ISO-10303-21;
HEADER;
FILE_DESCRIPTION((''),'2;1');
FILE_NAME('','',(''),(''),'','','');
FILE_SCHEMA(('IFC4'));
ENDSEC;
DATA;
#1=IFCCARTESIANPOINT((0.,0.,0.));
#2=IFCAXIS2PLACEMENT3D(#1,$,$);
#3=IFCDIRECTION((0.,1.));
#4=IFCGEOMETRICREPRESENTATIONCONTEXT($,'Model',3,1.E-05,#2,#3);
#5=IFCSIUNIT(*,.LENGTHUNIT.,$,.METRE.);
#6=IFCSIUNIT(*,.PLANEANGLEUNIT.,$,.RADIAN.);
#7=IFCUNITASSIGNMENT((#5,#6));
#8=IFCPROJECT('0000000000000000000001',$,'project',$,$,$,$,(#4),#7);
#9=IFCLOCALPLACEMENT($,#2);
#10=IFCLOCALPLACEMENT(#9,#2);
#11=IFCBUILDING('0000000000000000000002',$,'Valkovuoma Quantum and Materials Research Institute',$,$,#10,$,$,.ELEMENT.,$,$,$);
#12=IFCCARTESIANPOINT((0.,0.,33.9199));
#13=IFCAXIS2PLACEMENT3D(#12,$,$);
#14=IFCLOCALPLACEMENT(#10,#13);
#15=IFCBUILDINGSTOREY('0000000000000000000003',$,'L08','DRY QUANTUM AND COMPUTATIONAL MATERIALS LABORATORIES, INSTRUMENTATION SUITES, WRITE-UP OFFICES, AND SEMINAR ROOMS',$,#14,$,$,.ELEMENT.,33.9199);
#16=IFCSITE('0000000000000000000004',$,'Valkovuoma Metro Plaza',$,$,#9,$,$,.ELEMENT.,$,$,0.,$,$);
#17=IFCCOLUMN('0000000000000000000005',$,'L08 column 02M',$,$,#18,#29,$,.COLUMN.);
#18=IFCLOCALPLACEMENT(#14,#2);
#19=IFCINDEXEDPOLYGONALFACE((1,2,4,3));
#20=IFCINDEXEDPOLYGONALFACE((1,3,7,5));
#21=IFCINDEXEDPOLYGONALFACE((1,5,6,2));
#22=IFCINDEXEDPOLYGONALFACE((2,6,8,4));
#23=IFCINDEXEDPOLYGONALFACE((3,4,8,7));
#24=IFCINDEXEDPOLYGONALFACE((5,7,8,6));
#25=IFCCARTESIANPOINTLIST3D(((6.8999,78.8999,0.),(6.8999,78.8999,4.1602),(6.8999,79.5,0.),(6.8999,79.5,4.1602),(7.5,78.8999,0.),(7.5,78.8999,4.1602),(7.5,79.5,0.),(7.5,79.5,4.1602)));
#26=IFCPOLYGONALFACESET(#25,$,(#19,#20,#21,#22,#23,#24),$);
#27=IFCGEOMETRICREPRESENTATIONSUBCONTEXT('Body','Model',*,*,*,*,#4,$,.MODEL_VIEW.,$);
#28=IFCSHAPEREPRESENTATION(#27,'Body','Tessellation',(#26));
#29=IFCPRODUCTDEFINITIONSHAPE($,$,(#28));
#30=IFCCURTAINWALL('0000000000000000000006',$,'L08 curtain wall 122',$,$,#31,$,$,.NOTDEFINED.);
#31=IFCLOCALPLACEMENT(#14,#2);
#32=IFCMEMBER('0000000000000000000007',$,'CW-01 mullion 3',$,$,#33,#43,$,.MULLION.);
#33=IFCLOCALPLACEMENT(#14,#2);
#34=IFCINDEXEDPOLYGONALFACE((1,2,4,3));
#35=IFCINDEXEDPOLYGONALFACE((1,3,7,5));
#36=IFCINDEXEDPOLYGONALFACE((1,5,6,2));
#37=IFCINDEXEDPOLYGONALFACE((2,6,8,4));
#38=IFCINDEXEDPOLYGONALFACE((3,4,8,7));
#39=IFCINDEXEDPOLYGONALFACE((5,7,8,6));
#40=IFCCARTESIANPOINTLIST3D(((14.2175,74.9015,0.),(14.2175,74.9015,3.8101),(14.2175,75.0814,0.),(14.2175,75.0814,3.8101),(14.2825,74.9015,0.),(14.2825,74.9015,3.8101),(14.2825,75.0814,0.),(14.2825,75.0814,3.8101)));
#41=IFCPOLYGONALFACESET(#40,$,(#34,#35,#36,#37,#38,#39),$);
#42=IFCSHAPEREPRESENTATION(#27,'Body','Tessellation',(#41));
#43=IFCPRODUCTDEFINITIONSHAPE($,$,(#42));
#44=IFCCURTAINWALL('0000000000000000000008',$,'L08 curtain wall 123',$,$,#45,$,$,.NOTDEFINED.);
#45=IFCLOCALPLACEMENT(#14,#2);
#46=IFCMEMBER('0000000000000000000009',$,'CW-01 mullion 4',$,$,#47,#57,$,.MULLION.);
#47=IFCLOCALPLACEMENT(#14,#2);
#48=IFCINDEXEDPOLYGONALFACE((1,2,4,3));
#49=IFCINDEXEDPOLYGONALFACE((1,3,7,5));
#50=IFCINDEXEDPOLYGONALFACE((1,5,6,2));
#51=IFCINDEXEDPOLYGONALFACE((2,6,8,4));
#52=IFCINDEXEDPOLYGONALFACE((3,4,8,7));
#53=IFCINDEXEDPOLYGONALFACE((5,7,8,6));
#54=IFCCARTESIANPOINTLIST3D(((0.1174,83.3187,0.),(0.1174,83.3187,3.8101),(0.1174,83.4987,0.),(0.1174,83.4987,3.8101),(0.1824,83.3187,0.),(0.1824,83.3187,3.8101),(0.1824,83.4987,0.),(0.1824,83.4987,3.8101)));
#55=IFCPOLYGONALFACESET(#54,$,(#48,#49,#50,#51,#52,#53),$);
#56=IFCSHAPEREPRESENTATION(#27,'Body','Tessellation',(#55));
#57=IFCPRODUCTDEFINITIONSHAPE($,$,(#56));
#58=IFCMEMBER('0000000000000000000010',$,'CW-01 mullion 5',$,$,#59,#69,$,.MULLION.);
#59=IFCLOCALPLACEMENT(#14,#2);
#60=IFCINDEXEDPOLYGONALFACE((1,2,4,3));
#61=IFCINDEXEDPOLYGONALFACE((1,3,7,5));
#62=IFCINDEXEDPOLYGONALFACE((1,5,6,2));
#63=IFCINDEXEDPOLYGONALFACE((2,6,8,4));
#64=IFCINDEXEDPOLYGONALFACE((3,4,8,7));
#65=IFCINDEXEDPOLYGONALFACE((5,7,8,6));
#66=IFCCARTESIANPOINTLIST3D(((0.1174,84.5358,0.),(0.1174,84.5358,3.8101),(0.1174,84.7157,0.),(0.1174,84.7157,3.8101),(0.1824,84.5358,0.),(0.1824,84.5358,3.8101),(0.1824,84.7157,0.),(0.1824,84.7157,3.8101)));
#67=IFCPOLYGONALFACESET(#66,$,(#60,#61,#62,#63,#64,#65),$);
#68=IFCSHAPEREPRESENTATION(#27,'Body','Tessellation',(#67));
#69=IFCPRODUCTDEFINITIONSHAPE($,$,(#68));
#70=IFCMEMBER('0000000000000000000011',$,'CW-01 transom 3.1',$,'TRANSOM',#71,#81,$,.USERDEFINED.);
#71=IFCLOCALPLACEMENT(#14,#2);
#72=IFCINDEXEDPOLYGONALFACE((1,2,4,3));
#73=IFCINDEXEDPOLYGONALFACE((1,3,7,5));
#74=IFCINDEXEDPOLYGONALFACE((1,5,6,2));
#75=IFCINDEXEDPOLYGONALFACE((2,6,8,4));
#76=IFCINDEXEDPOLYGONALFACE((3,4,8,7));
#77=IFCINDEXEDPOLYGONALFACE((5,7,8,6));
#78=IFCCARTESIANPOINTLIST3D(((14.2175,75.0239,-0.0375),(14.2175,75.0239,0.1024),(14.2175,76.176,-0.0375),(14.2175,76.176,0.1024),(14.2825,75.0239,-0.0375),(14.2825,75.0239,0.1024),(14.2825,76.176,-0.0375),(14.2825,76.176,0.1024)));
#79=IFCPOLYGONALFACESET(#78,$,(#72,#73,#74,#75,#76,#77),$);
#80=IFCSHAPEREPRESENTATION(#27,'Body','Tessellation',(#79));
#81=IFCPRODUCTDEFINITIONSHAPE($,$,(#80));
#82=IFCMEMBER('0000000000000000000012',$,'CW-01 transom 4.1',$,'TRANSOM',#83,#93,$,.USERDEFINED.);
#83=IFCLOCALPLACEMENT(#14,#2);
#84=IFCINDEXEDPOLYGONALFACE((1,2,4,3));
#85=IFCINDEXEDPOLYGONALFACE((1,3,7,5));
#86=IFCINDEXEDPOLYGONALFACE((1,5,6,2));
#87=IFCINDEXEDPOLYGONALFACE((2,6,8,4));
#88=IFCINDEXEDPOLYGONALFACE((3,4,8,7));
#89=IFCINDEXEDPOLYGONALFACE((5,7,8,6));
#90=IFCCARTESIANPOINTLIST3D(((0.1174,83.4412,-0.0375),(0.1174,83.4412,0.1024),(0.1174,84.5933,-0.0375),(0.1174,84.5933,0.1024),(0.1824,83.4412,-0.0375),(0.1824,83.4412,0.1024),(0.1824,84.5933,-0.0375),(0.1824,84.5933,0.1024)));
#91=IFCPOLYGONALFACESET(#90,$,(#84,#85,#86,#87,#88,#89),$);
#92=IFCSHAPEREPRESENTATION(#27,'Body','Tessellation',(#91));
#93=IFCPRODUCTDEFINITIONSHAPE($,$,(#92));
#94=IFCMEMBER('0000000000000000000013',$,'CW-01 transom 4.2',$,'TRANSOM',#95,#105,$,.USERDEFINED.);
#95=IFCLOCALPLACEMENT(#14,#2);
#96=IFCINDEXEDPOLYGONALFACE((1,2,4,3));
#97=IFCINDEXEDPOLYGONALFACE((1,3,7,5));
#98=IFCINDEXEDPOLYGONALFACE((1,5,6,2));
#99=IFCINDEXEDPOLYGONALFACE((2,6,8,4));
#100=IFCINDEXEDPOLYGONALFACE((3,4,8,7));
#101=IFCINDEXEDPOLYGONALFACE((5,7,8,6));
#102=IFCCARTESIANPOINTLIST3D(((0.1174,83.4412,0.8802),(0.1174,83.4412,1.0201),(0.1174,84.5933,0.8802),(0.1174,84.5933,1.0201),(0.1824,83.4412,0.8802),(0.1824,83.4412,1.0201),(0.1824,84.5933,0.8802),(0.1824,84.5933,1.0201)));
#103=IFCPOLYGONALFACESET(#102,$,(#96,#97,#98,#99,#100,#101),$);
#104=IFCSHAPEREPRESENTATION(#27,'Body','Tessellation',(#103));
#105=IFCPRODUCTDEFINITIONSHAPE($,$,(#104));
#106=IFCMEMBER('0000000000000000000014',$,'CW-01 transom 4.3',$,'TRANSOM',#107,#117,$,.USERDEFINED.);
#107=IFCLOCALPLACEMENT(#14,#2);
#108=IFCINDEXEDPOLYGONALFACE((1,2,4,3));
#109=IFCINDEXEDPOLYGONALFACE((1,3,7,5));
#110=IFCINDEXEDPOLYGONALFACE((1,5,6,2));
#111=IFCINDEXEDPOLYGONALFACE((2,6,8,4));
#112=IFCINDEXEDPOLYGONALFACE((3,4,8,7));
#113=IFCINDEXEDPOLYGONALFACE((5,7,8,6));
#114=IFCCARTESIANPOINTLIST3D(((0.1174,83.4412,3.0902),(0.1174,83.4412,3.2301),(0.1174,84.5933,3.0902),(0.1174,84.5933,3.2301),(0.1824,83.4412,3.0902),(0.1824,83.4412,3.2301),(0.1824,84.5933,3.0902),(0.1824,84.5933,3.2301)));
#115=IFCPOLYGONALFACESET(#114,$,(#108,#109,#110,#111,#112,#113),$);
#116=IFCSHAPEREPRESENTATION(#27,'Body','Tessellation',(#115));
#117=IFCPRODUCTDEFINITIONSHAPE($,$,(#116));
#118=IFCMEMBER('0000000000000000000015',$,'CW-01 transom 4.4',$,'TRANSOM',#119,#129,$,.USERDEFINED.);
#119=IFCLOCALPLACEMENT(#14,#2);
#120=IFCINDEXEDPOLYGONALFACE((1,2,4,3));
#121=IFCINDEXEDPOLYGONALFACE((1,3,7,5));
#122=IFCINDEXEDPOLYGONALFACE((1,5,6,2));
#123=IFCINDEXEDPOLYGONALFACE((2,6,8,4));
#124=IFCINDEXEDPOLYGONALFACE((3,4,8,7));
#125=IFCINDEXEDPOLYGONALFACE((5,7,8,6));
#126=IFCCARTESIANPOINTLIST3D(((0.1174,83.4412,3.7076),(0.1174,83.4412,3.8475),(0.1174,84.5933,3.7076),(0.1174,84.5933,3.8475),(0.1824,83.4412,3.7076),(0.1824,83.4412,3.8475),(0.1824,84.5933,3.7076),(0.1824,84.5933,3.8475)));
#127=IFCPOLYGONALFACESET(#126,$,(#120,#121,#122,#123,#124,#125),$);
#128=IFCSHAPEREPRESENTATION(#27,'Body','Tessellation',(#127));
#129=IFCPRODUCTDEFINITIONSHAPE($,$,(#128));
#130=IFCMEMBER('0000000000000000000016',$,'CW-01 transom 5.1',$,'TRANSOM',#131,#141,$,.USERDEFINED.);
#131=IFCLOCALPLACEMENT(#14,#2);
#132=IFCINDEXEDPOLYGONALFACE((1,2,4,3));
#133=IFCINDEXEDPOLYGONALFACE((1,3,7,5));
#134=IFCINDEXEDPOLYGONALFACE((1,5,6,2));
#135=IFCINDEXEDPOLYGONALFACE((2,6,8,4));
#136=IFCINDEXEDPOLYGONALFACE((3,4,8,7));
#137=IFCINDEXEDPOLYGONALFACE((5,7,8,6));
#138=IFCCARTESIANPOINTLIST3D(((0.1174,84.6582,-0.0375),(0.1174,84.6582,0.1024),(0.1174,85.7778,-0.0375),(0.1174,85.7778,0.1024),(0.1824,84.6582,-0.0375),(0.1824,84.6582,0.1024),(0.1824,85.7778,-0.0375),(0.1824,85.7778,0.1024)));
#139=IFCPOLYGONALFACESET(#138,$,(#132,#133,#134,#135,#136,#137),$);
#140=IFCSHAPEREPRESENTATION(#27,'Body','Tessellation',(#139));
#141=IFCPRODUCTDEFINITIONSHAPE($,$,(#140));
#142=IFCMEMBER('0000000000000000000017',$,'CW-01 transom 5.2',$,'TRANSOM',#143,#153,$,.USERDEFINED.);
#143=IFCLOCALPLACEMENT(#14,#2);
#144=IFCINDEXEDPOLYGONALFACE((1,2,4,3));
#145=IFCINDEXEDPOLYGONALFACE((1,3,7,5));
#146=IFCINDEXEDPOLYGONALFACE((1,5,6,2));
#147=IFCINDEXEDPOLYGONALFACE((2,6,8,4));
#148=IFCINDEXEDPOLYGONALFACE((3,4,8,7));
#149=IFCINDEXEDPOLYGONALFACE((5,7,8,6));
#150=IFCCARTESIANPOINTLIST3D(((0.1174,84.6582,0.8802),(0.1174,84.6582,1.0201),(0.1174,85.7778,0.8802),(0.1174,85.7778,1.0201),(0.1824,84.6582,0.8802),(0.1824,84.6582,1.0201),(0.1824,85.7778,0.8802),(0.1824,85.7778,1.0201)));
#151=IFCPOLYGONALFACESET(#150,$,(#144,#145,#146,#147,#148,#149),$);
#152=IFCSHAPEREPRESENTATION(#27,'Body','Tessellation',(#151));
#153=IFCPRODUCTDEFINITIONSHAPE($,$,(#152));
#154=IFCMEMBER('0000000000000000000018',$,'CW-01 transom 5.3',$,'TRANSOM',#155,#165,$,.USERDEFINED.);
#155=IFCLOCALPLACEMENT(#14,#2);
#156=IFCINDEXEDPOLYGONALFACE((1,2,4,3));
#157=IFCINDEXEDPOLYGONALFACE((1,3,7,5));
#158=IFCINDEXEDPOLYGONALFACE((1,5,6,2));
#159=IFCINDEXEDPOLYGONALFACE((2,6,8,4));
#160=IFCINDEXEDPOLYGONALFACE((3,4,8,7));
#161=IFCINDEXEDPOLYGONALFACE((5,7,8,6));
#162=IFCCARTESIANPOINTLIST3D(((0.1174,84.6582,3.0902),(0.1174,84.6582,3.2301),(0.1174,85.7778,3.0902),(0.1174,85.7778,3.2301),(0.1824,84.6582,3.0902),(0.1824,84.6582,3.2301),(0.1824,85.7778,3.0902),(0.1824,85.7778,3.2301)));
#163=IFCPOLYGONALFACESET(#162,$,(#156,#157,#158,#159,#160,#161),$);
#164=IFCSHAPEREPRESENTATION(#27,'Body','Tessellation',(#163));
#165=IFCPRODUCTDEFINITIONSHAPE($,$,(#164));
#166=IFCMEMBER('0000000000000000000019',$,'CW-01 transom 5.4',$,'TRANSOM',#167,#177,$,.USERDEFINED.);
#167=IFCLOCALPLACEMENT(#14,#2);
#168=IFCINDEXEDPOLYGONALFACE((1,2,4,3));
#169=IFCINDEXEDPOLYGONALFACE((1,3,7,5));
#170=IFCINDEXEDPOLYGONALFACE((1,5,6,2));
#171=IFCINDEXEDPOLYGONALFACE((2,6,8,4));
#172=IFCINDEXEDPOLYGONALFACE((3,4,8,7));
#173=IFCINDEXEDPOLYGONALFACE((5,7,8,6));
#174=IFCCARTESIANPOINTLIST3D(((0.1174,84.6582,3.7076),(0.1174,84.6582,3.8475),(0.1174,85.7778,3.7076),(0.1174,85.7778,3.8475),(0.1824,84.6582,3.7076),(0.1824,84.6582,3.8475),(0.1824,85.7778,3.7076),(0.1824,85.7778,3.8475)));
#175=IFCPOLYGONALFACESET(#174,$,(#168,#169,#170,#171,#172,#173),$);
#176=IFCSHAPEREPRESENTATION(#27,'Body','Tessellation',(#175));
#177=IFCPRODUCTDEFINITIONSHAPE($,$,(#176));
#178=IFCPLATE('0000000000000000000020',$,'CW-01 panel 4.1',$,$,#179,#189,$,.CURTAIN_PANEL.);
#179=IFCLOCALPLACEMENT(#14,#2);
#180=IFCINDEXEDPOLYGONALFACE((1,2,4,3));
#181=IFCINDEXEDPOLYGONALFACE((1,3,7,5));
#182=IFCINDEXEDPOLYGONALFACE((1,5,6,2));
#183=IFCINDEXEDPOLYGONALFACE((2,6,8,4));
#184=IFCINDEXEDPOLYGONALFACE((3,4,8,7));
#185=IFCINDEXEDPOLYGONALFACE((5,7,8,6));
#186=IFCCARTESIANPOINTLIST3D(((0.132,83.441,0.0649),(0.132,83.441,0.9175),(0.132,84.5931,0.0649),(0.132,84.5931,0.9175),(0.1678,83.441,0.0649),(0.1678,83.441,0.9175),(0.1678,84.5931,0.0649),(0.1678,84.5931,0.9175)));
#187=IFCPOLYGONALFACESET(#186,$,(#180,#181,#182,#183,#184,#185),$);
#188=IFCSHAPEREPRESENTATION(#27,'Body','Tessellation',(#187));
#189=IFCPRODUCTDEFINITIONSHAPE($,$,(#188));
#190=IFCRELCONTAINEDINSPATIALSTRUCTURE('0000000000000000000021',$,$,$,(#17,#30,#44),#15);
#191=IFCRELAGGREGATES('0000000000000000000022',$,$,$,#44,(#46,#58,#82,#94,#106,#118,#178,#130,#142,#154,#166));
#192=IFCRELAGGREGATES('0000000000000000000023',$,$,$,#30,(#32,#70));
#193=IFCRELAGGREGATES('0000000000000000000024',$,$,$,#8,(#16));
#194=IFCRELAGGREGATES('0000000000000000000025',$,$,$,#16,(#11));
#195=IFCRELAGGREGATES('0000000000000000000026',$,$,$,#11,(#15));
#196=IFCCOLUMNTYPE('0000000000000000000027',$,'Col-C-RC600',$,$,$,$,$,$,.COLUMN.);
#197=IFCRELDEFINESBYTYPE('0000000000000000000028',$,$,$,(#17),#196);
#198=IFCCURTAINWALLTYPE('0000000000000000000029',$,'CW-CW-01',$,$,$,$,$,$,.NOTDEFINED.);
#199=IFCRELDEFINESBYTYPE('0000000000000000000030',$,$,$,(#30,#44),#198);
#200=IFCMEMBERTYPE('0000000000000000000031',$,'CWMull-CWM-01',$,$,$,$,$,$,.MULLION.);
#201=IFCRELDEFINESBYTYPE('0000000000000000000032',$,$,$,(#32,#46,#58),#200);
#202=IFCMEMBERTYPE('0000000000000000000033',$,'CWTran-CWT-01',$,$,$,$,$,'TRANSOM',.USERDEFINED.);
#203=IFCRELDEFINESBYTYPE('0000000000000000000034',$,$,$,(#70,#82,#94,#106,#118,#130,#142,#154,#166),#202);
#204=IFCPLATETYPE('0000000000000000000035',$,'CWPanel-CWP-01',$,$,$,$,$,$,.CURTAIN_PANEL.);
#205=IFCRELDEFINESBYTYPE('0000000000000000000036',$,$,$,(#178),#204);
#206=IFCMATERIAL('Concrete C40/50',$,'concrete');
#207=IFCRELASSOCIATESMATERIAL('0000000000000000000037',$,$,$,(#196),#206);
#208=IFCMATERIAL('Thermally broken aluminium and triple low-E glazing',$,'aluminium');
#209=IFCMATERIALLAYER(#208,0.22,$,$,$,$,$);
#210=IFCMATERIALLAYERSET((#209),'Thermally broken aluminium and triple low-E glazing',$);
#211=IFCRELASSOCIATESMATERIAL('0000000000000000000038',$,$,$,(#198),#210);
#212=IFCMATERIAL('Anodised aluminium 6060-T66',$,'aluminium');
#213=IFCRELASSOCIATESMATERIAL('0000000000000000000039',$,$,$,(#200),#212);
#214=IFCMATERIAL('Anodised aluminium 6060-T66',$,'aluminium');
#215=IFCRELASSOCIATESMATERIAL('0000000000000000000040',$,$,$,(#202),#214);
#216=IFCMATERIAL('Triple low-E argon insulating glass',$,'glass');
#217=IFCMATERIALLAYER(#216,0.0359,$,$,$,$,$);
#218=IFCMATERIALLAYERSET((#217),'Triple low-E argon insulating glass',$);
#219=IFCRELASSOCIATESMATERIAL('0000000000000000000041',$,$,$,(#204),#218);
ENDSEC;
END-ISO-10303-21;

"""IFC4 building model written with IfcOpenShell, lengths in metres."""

from ifc_helpers import new_model, si_unit, direction, frame, origin, origin_2d, place, context, subcontext, project, spatial, rectangle, extrude, material, layer, layer_set, material_profile, profile_set, type_object, element, aggregate, save


model = new_model("IFC4")

# Units and contexts
model_context = context("Model", 3, precision=1e-05, world=origin(), true_north=direction((0.0, 1.0)))
body_context = subcontext(model_context, "Body", "Model", "MODEL_VIEW")
ifc_project = project(units=[si_unit("LENGTHUNIT", "METRE"), si_unit("PLANEANGLEUNIT", "RADIAN")], contexts=[model_context])

# Site, building, storey
site_placement = place(None, origin())
site = spatial("IfcSite", under=ifc_project, at=site_placement, Name="Valkovuoma Metro Plaza", CompositionType="ELEMENT", RefElevation=0.0)
building_placement = place(site_placement, origin())
building = spatial("IfcBuilding", under=site, at=building_placement, Name="Valkovuoma Quantum and Materials Research Institute", CompositionType="ELEMENT")
storey_placement = place(building_placement, frame((0.0, 0.0, 33.9199)))
storey = spatial("IfcBuildingStorey", under=building, at=storey_placement, Name="L08", Description="DRY QUANTUM AND COMPUTATIONAL MATERIALS LABORATORIES, INSTRUMENTATION SUITES, WRITE-UP OFFICES, AND SEMINAR ROOMS", CompositionType="ELEMENT", Elevation=33.9199)

# Column
ifc_material_1 = material(Name="Concrete C40/50", Category="concrete")
ifc_material_profile_1 = material_profile(ifc_material_1, rectangle(XDim=0.6001, YDim=0.6001, at=origin_2d()), Name="Concrete C40/50")
ifc_profile_set_1 = profile_set([ifc_material_profile_1], Name="Concrete C40/50")
column_type = type_object("IfcColumnType", Name="Col-C-RC600", PredefinedType="COLUMN", material=ifc_profile_set_1)
column_placement = place(storey_placement, frame((7.2, 79.2, 0.0), z_axis=(0.0, 0.0, 1.0), x_axis=(1.0, 0.0, 0.0)))
element("IfcColumn", 1, at=column_placement, inside=storey, type_object=column_type, Name="L08 column 02M", PredefinedType="COLUMN", context=body_context, shape_type="SweptSolid", body=[
    extrude(rectangle(XDim=0.6001, YDim=0.6001, at=origin_2d()), origin(), (0.0, 0.0, 1.0), 4.1602),
])

# Curtain wall, member
ifc_material_2 = material(Name="Thermally broken aluminium and triple low-E glazing", Category="aluminium")
ifc_layer_1 = layer(ifc_material_2, 0.22)
ifc_layer_set_1 = layer_set([ifc_layer_1], Name="Thermally broken aluminium and triple low-E glazing")
curtain_wall_type = type_object("IfcCurtainWallType", Name="CW-CW-01", PredefinedType="NOTDEFINED", material=ifc_layer_set_1)
curtain_wall_1_placement = place(storey_placement, origin())
curtain_wall_1 = element("IfcCurtainWall", 2, at=curtain_wall_1_placement, inside=storey, type_object=curtain_wall_type, Name="L08 curtain wall 122", PredefinedType="NOTDEFINED")
ifc_material_3 = material(Name="Anodised aluminium 6060-T66", Category="aluminium")
ifc_material_profile_2 = material_profile(ifc_material_3, rectangle(XDim=0.0649, YDim=0.1799, at=origin_2d()), Name="Anodised aluminium 6060-T66")
ifc_profile_set_2 = profile_set([ifc_material_profile_2], Name="Anodised aluminium 6060-T66")
member_type_1 = type_object("IfcMemberType", Name="CWMull-CWM-01", PredefinedType="MULLION", material=ifc_profile_set_2)
member_1_placement = place(storey_placement, frame((14.25, 74.9915, 0.0), z_axis=(0.0, 0.0, 1.0), x_axis=(-1.0, 0.0, 0.0)))
member_1 = element("IfcMember", 3, at=member_1_placement, type_object=member_type_1, Name="CW-01 mullion 3", PredefinedType="MULLION", context=body_context, shape_type="SweptSolid", body=[
    extrude(rectangle(XDim=0.0649, YDim=0.1799, at=origin_2d()), origin(), (0.0, 0.0, 1.0), 3.8101),
])

# Curtain wall, members
curtain_wall_2_placement = place(storey_placement, origin())
curtain_wall_2 = element("IfcCurtainWall", 4, at=curtain_wall_2_placement, inside=storey, type_object=curtain_wall_type, Name="L08 curtain wall 123", PredefinedType="NOTDEFINED")
member_2_placement = place(storey_placement, frame((0.1499, 83.4087, 0.0), z_axis=(0.0, 0.0, 1.0), x_axis=(-1.0, 0.0, 0.0)))
member_2 = element("IfcMember", 5, at=member_2_placement, type_object=member_type_1, Name="CW-01 mullion 4", PredefinedType="MULLION", context=body_context, shape_type="SweptSolid", body=[
    extrude(rectangle(XDim=0.0649, YDim=0.1799, at=origin_2d()), origin(), (0.0, 0.0, 1.0), 3.8101),
])
member_3_placement = place(storey_placement, frame((0.1499, 84.6257, 0.0), z_axis=(0.0, 0.0, 1.0), x_axis=(-1.0, 0.0, 0.0)))
member_3 = element("IfcMember", 6, at=member_3_placement, type_object=member_type_1, Name="CW-01 mullion 5", PredefinedType="MULLION", context=body_context, shape_type="SweptSolid", body=[
    extrude(rectangle(XDim=0.0649, YDim=0.1799, at=origin_2d()), origin(), (0.0, 0.0, 1.0), 3.8101),
])

# Members
ifc_material_4 = material(Name="Anodised aluminium 6060-T66", Category="aluminium")
ifc_material_profile_3 = material_profile(ifc_material_4, rectangle(XDim=0.0649, YDim=0.1399, at=origin_2d()), Name="Anodised aluminium 6060-T66")
ifc_profile_set_3 = profile_set([ifc_material_profile_3], Name="Anodised aluminium 6060-T66")
member_type_2 = type_object("IfcMemberType", Name="CWTran-CWT-01", ElementType="TRANSOM", PredefinedType="USERDEFINED", material=ifc_profile_set_3)
member_4_placement = place(storey_placement, frame((14.25, 75.0239, 0.0325), z_axis=(0.0, 1.0, 0.0), x_axis=(-1.0, 0.0, 0.0)))
member_4 = element("IfcMember", 7, at=member_4_placement, type_object=member_type_2, Name="CW-01 transom 3.1", ObjectType="TRANSOM", PredefinedType="USERDEFINED", context=body_context, shape_type="SweptSolid", body=[
    extrude(rectangle(XDim=0.0649, YDim=0.1399, at=origin_2d()), origin(), (0.0, 0.0, 1.0), 1.1521),
])
member_5_placement = place(storey_placement, frame((0.1499, 83.4412, 0.0325), z_axis=(0.0, 1.0, 0.0), x_axis=(-1.0, 0.0, 0.0)))
member_5 = element("IfcMember", 8, at=member_5_placement, type_object=member_type_2, Name="CW-01 transom 4.1", ObjectType="TRANSOM", PredefinedType="USERDEFINED", context=body_context, shape_type="SweptSolid", body=[
    extrude(rectangle(XDim=0.0649, YDim=0.1399, at=origin_2d()), origin(), (0.0, 0.0, 1.0), 1.1521),
])
member_6_placement = place(storey_placement, frame((0.1499, 83.4412, 0.9502), z_axis=(0.0, 1.0, 0.0), x_axis=(-1.0, 0.0, 0.0)))
member_6 = element("IfcMember", 9, at=member_6_placement, type_object=member_type_2, Name="CW-01 transom 4.2", ObjectType="TRANSOM", PredefinedType="USERDEFINED", context=body_context, shape_type="SweptSolid", body=[
    extrude(rectangle(XDim=0.0649, YDim=0.1399, at=origin_2d()), origin(), (0.0, 0.0, 1.0), 1.1521),
])
member_7_placement = place(storey_placement, frame((0.1499, 83.4412, 3.1602), z_axis=(0.0, 1.0, 0.0), x_axis=(-1.0, 0.0, 0.0)))
member_7 = element("IfcMember", 10, at=member_7_placement, type_object=member_type_2, Name="CW-01 transom 4.3", ObjectType="TRANSOM", PredefinedType="USERDEFINED", context=body_context, shape_type="SweptSolid", body=[
    extrude(rectangle(XDim=0.0649, YDim=0.1399, at=origin_2d()), origin(), (0.0, 0.0, 1.0), 1.1521),
])
member_8_placement = place(storey_placement, frame((0.1499, 83.4412, 3.7776), z_axis=(0.0, 1.0, 0.0), x_axis=(-1.0, 0.0, 0.0)))
member_8 = element("IfcMember", 11, at=member_8_placement, type_object=member_type_2, Name="CW-01 transom 4.4", ObjectType="TRANSOM", PredefinedType="USERDEFINED", context=body_context, shape_type="SweptSolid", body=[
    extrude(rectangle(XDim=0.0649, YDim=0.1399, at=origin_2d()), origin(), (0.0, 0.0, 1.0), 1.1521),
])
member_9_placement = place(storey_placement, frame((0.1499, 84.6582, 0.0325), z_axis=(0.0, 1.0, 0.0), x_axis=(-1.0, 0.0, 0.0)))
member_9 = element("IfcMember", 12, at=member_9_placement, type_object=member_type_2, Name="CW-01 transom 5.1", ObjectType="TRANSOM", PredefinedType="USERDEFINED", context=body_context, shape_type="SweptSolid", body=[
    extrude(rectangle(XDim=0.0649, YDim=0.1399, at=origin_2d()), origin(), (0.0, 0.0, 1.0), 1.1196),
])
member_10_placement = place(storey_placement, frame((0.1499, 84.6582, 0.9502), z_axis=(0.0, 1.0, 0.0), x_axis=(-1.0, 0.0, 0.0)))
member_10 = element("IfcMember", 13, at=member_10_placement, type_object=member_type_2, Name="CW-01 transom 5.2", ObjectType="TRANSOM", PredefinedType="USERDEFINED", context=body_context, shape_type="SweptSolid", body=[
    extrude(rectangle(XDim=0.0649, YDim=0.1399, at=origin_2d()), origin(), (0.0, 0.0, 1.0), 1.1196),
])
member_11_placement = place(storey_placement, frame((0.1499, 84.6582, 3.1602), z_axis=(0.0, 1.0, 0.0), x_axis=(-1.0, 0.0, 0.0)))
member_11 = element("IfcMember", 14, at=member_11_placement, type_object=member_type_2, Name="CW-01 transom 5.3", ObjectType="TRANSOM", PredefinedType="USERDEFINED", context=body_context, shape_type="SweptSolid", body=[
    extrude(rectangle(XDim=0.0649, YDim=0.1399, at=origin_2d()), origin(), (0.0, 0.0, 1.0), 1.1196),
])
member_12_placement = place(storey_placement, frame((0.1499, 84.6582, 3.7776), z_axis=(0.0, 1.0, 0.0), x_axis=(-1.0, 0.0, 0.0)))
member_12 = element("IfcMember", 15, at=member_12_placement, type_object=member_type_2, Name="CW-01 transom 5.4", ObjectType="TRANSOM", PredefinedType="USERDEFINED", context=body_context, shape_type="SweptSolid", body=[
    extrude(rectangle(XDim=0.0649, YDim=0.1399, at=origin_2d()), origin(), (0.0, 0.0, 1.0), 1.1196),
])

# Plate
ifc_material_5 = material(Name="Triple low-E argon insulating glass", Category="glass")
ifc_layer_2 = layer(ifc_material_5, 0.0359)
ifc_layer_set_2 = layer_set([ifc_layer_2], Name="Triple low-E argon insulating glass")
plate_type_1 = type_object("IfcPlateType", Name="CWPanel-CWP-01", PredefinedType="CURTAIN_PANEL", material=ifc_layer_set_2)
plate_1_placement = place(storey_placement, frame((0.1499, 84.0171, 0.0649), z_axis=(0.0, 0.0, 1.0), x_axis=(0.0, 1.0, 0.0)))
plate_1 = element("IfcPlate", 16, at=plate_1_placement, type_object=plate_type_1, Name="CW-01 panel 4.1", PredefinedType="CURTAIN_PANEL", context=body_context, shape_type="SweptSolid", body=[
    extrude(rectangle(XDim=1.1521, YDim=0.0359, at=origin_2d()), origin(), (0.0, 0.0, 1.0), 0.8525),
])
aggregate(curtain_wall_2, [member_2, member_3, member_5, member_6, member_7, member_8, plate_1, member_9, member_10, member_11, member_12])
aggregate(curtain_wall_1, [member_1, member_4])

save(model, "model.ifc")
